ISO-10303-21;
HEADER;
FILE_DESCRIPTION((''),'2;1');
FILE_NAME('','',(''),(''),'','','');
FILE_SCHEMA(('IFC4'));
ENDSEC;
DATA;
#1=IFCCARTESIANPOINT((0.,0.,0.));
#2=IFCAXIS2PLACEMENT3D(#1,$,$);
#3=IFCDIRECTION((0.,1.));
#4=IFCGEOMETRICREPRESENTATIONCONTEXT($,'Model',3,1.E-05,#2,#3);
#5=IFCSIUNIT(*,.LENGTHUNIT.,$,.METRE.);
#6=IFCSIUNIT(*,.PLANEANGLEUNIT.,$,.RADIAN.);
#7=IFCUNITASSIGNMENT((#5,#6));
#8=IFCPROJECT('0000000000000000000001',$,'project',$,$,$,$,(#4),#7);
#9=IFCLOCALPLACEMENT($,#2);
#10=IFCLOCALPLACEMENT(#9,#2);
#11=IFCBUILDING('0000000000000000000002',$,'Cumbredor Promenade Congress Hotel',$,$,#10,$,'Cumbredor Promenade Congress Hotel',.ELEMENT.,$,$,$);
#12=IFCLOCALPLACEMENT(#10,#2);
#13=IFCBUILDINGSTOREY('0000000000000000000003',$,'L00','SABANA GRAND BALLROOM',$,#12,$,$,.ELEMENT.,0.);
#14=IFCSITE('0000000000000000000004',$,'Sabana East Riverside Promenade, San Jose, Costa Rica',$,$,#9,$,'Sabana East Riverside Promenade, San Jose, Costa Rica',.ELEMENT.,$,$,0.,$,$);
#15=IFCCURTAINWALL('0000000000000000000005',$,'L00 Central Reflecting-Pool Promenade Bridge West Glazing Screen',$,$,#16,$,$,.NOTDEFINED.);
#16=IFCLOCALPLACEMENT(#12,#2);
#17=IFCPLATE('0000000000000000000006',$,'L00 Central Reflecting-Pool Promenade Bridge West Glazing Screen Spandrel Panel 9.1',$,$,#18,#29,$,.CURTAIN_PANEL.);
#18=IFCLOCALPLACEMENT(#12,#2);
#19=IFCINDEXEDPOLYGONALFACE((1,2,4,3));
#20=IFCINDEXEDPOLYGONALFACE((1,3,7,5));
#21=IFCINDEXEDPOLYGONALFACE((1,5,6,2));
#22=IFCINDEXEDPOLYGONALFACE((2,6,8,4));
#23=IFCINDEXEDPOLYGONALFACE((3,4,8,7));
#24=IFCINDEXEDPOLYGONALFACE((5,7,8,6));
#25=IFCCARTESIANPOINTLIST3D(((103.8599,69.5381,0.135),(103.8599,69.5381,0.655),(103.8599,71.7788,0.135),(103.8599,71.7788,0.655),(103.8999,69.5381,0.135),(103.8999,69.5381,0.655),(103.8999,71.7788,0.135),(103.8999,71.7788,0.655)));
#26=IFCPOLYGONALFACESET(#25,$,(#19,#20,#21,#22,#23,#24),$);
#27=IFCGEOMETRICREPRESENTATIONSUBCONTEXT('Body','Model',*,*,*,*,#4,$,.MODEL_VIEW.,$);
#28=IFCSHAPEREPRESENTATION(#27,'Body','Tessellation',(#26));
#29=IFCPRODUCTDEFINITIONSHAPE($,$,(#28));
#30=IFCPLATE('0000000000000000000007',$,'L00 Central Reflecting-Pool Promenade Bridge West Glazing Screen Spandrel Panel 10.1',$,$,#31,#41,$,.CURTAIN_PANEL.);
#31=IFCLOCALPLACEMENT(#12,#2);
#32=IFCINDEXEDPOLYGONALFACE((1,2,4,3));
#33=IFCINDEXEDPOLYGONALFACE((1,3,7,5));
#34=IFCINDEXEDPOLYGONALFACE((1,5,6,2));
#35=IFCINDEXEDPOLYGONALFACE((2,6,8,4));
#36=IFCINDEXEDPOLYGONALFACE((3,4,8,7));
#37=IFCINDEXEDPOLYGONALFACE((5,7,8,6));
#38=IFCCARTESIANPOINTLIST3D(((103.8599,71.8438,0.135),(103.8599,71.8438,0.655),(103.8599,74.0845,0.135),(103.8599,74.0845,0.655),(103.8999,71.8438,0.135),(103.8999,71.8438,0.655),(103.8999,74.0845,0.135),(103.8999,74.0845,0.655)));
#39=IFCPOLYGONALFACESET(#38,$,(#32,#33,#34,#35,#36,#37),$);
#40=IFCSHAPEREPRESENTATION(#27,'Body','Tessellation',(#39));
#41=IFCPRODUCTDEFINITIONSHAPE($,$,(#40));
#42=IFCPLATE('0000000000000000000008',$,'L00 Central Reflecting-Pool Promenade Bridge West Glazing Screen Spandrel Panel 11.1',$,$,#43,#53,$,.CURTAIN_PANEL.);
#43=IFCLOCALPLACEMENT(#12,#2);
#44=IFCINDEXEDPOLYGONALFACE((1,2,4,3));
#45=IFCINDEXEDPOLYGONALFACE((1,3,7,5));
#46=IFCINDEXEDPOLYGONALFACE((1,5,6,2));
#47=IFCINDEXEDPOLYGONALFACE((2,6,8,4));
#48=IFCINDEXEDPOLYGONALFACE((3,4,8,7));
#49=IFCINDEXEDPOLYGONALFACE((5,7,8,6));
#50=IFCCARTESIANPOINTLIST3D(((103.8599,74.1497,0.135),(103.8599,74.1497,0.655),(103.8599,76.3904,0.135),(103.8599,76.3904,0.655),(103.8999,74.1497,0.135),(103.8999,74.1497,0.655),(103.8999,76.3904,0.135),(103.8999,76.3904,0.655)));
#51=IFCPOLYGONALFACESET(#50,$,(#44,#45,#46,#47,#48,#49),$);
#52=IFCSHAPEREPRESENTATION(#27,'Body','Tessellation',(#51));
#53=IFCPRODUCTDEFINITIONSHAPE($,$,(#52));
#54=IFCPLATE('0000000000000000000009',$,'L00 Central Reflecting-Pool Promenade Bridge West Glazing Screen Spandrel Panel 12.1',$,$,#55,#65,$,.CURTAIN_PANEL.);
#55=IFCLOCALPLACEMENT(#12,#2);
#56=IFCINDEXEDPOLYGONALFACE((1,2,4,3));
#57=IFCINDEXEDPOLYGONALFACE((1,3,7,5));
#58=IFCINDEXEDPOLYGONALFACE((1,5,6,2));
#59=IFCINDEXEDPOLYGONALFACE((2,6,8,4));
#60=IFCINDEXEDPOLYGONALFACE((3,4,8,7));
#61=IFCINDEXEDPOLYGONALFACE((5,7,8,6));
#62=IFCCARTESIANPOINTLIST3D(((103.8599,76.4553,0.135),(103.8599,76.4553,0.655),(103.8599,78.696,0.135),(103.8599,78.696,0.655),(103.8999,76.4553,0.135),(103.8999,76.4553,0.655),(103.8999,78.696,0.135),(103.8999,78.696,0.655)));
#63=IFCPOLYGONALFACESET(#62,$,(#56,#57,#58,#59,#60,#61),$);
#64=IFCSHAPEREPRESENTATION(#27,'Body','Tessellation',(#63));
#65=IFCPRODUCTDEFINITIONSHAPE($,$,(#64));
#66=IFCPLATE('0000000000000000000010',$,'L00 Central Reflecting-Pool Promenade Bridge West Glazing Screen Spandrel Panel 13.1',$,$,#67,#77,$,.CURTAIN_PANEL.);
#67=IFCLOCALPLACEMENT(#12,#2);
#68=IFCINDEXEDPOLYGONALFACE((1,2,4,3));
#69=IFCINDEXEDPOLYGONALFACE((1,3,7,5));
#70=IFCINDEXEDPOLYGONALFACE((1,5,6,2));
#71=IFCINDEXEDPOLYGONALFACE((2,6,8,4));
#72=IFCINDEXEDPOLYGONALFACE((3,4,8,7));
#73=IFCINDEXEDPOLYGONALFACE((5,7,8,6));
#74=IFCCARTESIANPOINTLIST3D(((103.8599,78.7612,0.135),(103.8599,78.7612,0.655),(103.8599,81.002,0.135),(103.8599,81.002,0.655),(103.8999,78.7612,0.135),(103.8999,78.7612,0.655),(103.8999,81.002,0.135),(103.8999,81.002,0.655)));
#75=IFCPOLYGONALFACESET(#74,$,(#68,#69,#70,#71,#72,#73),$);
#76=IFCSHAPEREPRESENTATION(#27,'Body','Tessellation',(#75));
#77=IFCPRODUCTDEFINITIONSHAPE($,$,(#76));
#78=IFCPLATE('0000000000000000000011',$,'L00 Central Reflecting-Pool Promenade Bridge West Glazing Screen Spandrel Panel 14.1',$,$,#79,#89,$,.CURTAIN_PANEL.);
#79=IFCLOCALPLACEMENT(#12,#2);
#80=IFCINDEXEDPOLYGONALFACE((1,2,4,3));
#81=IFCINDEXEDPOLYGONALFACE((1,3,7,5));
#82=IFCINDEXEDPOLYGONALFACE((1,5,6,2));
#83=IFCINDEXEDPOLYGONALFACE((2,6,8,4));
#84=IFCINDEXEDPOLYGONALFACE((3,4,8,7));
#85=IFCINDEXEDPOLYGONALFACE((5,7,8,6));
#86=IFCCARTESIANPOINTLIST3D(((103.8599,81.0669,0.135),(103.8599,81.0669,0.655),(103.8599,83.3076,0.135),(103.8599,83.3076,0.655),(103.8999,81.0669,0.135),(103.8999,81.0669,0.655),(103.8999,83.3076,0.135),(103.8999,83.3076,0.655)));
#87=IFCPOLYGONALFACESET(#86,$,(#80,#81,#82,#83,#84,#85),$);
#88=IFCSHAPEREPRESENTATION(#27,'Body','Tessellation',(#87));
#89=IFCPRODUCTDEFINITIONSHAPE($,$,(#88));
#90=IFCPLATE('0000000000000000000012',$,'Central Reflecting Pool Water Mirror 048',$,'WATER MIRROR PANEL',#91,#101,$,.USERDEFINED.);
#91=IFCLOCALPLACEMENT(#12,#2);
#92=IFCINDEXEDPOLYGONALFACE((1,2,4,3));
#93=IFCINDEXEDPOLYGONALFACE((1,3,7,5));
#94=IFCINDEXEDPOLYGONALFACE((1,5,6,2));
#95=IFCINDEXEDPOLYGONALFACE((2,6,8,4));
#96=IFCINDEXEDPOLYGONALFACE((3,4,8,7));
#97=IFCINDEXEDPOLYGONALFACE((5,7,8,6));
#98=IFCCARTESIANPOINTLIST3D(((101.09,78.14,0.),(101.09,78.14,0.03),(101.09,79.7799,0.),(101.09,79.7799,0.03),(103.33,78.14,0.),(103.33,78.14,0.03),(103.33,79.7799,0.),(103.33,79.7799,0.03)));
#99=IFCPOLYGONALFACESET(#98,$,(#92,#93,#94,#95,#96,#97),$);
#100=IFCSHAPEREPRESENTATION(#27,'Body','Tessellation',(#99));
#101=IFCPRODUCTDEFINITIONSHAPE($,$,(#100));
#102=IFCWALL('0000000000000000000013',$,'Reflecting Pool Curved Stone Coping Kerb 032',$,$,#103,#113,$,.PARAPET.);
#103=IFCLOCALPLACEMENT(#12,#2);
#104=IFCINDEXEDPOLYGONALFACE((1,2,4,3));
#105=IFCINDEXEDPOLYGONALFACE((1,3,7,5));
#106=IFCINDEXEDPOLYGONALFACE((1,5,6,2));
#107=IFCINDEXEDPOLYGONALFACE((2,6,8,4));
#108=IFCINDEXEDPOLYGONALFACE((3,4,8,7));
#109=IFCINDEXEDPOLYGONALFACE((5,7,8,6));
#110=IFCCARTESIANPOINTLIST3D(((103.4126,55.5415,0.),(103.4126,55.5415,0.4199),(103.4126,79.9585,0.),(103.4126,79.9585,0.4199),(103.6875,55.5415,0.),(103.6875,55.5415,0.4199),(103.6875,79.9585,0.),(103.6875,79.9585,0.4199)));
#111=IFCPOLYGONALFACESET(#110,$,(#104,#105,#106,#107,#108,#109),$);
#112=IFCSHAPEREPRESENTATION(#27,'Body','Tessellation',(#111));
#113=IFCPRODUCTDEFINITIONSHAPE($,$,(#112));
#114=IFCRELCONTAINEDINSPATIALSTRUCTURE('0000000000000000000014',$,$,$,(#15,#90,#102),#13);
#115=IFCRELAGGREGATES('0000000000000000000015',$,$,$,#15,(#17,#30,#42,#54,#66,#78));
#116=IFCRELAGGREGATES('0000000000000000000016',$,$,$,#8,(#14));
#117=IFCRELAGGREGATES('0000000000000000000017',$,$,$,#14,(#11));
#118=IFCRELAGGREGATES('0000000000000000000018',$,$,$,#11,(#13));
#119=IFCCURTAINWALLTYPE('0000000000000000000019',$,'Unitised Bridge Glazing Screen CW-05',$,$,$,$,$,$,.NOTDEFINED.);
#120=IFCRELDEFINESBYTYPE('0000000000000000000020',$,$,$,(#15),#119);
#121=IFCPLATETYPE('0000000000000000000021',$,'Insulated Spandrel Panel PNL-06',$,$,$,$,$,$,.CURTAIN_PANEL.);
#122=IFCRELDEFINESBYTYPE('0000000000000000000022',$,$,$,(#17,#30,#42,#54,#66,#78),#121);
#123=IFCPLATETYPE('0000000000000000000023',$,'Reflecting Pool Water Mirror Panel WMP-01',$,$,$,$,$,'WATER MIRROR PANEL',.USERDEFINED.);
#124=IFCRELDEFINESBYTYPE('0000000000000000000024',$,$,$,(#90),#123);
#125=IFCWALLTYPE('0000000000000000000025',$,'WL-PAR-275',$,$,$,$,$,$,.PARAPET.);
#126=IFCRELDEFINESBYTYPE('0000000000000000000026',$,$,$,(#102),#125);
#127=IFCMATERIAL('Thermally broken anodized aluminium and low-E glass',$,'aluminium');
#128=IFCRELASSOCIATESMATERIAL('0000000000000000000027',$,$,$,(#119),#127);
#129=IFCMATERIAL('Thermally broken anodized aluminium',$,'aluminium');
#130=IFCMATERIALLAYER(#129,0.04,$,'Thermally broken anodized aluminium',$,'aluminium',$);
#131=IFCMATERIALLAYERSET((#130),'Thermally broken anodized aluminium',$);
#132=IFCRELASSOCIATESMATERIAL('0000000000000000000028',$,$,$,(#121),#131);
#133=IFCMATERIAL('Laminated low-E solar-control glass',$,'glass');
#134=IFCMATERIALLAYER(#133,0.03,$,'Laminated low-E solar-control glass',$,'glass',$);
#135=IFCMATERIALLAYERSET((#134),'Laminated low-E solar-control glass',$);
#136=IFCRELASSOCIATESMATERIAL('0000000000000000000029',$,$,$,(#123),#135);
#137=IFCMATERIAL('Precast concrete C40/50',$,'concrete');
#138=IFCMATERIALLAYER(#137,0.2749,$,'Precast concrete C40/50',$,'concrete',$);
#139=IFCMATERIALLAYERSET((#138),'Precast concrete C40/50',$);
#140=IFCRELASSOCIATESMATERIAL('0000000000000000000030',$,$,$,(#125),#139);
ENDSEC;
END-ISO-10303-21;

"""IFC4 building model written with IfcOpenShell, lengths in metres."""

from ifc_helpers import new_model, si_unit, direction, frame, frame_2d, origin, origin_2d, place, context, subcontext, project, spatial, rectangle, extrude, material, layer, layer_set, type_object, element, aggregate, save


model = new_model("IFC4")

# Units and contexts
model_context = context("Model", 3, precision=1e-05, world=origin(), true_north=direction((0.0, 1.0)))
body_context = subcontext(model_context, "Body", "Model", "MODEL_VIEW")
ifc_project = project(units=[si_unit("LENGTHUNIT", "METRE"), si_unit("PLANEANGLEUNIT", "RADIAN")], contexts=[model_context])

# Site, building, storey
site_placement = place(None, origin())
site = spatial("IfcSite", under=ifc_project, at=site_placement, Name="Sabana East Riverside Promenade, San Jose, Costa Rica", LongName="Sabana East Riverside Promenade, San Jose, Costa Rica", CompositionType="ELEMENT", RefElevation=0.0)
building_placement = place(site_placement, origin())
building = spatial("IfcBuilding", under=site, at=building_placement, Name="Cumbredor Promenade Congress Hotel", LongName="Cumbredor Promenade Congress Hotel", CompositionType="ELEMENT")
storey_placement = place(building_placement, origin())
storey = spatial("IfcBuildingStorey", under=building, at=storey_placement, Name="L00", Description="SABANA GRAND BALLROOM", CompositionType="ELEMENT", Elevation=0.0)

# Curtain wall
ifc_material_1 = material(Name="Thermally broken anodized aluminium and low-E glass", Category="aluminium")
curtain_wall_type_1 = type_object("IfcCurtainWallType", Name="Unitised Bridge Glazing Screen CW-05", PredefinedType="NOTDEFINED", material=ifc_material_1)
curtain_wall_1_placement = place(storey_placement, origin())
curtain_wall_1 = element("IfcCurtainWall", 1, at=curtain_wall_1_placement, inside=storey, type_object=curtain_wall_type_1, Name="L00 Central Reflecting-Pool Promenade Bridge West Glazing Screen", PredefinedType="NOTDEFINED")
ifc_material_2 = material(Name="Thermally broken anodized aluminium", Category="aluminium")

# Plates
ifc_layer_1 = layer(ifc_material_2, 0.04, Name="Thermally broken anodized aluminium", Category="aluminium")
ifc_layer_set_1 = layer_set([ifc_layer_1], Name="Thermally broken anodized aluminium")
plate_type_1 = type_object("IfcPlateType", Name="Insulated Spandrel Panel PNL-06", PredefinedType="CURTAIN_PANEL", material=ifc_layer_set_1)
plate_1_placement = place(storey_placement, frame((103.8799, 70.6584, 0.135), z_axis=(0.0, 0.0, 1.0), x_axis=(0.0, 1.0, 0.0)))
plate_1 = element("IfcPlate", 2, at=plate_1_placement, type_object=plate_type_1, Name="L00 Central Reflecting-Pool Promenade Bridge West Glazing Screen Spandrel Panel 9.1", PredefinedType="CURTAIN_PANEL", context=body_context, shape_type="SweptSolid", body=[
    extrude(rectangle(XDim=2.2407, YDim=0.04, at=origin_2d()), origin(), (0.0, 0.0, 1.0), 0.52),
])
plate_2_placement = place(storey_placement, frame((103.8799, 72.9641, 0.135), z_axis=(0.0, 0.0, 1.0), x_axis=(0.0, 1.0, 0.0)))
plate_2 = element("IfcPlate", 3, at=plate_2_placement, type_object=plate_type_1, Name="L00 Central Reflecting-Pool Promenade Bridge West Glazing Screen Spandrel Panel 10.1", PredefinedType="CURTAIN_PANEL", context=body_context, shape_type="SweptSolid", body=[
    extrude(rectangle(XDim=2.2407, YDim=0.04, at=origin_2d()), origin(), (0.0, 0.0, 1.0), 0.52),
])
plate_3_placement = place(storey_placement, frame((103.8799, 75.27, 0.135), z_axis=(0.0, 0.0, 1.0), x_axis=(0.0, 1.0, 0.0)))
plate_3 = element("IfcPlate", 4, at=plate_3_placement, type_object=plate_type_1, Name="L00 Central Reflecting-Pool Promenade Bridge West Glazing Screen Spandrel Panel 11.1", PredefinedType="CURTAIN_PANEL", context=body_context, shape_type="SweptSolid", body=[
    extrude(rectangle(XDim=2.2407, YDim=0.04, at=origin_2d()), origin(), (0.0, 0.0, 1.0), 0.52),
])
plate_4_placement = place(storey_placement, frame((103.8799, 77.5757, 0.135), z_axis=(0.0, 0.0, 1.0), x_axis=(0.0, 1.0, 0.0)))
plate_4 = element("IfcPlate", 5, at=plate_4_placement, type_object=plate_type_1, Name="L00 Central Reflecting-Pool Promenade Bridge West Glazing Screen Spandrel Panel 12.1", PredefinedType="CURTAIN_PANEL", context=body_context, shape_type="SweptSolid", body=[
    extrude(rectangle(XDim=2.2407, YDim=0.04, at=origin_2d()), origin(), (0.0, 0.0, 1.0), 0.52),
])
plate_5_placement = place(storey_placement, frame((103.8799, 79.8816, 0.135), z_axis=(0.0, 0.0, 1.0), x_axis=(0.0, 1.0, 0.0)))
plate_5 = element("IfcPlate", 6, at=plate_5_placement, type_object=plate_type_1, Name="L00 Central Reflecting-Pool Promenade Bridge West Glazing Screen Spandrel Panel 13.1", PredefinedType="CURTAIN_PANEL", context=body_context, shape_type="SweptSolid", body=[
    extrude(rectangle(XDim=2.2407, YDim=0.04, at=origin_2d()), origin(), (0.0, 0.0, 1.0), 0.52),
])
plate_6_placement = place(storey_placement, frame((103.8799, 82.1873, 0.135), z_axis=(0.0, 0.0, 1.0), x_axis=(0.0, 1.0, 0.0)))
plate_6 = element("IfcPlate", 7, at=plate_6_placement, type_object=plate_type_1, Name="L00 Central Reflecting-Pool Promenade Bridge West Glazing Screen Spandrel Panel 14.1", PredefinedType="CURTAIN_PANEL", context=body_context, shape_type="SweptSolid", body=[
    extrude(rectangle(XDim=2.2407, YDim=0.04, at=origin_2d()), origin(), (0.0, 0.0, 1.0), 0.52),
])
aggregate(curtain_wall_1, [plate_1, plate_2, plate_3, plate_4, plate_5, plate_6])
ifc_material_3 = material(Name="Laminated low-E solar-control glass", Category="glass")
ifc_layer_2 = layer(ifc_material_3, 0.03, Name="Laminated low-E solar-control glass", Category="glass")
ifc_layer_set_2 = layer_set([ifc_layer_2], Name="Laminated low-E solar-control glass")
plate_type_2 = type_object("IfcPlateType", Name="Reflecting Pool Water Mirror Panel WMP-01", ElementType="WATER MIRROR PANEL", PredefinedType="USERDEFINED", material=ifc_layer_set_2)
plate_7_placement = place(storey_placement, frame((102.21, 78.96, 0.0), z_axis=(0.0, 0.0, 1.0), x_axis=(1.0, 0.0, 0.0)))
element("IfcPlate", 8, at=plate_7_placement, inside=storey, type_object=plate_type_2, Name="Central Reflecting Pool Water Mirror 048", ObjectType="WATER MIRROR PANEL", PredefinedType="USERDEFINED", context=body_context, shape_type="SweptSolid", body=[
    extrude(rectangle(XDim=2.24, YDim=1.6399, at=origin_2d()), origin(), (0.0, 0.0, 1.0), 0.03),
])

# Wall
ifc_material_4 = material(Name="Precast concrete C40/50", Category="concrete")
ifc_layer_3 = layer(ifc_material_4, 0.2749, Name="Precast concrete C40/50", Category="concrete")
ifc_layer_set_3 = layer_set([ifc_layer_3], Name="Precast concrete C40/50")
wall_type = type_object("IfcWallType", Name="WL-PAR-275", PredefinedType="PARAPET", material=ifc_layer_set_3)
wall_placement = place(storey_placement, frame((103.55, 79.9585, 0.0), z_axis=(0.0, 0.0, 1.0), x_axis=(0.0, -1.0, 0.0)))
element("IfcWall", 9, at=wall_placement, inside=storey, type_object=wall_type, Name="Reflecting Pool Curved Stone Coping Kerb 032", PredefinedType="PARAPET", context=body_context, shape_type="SweptSolid", body=[
    extrude(rectangle(XDim=24.417, YDim=0.2749, at=frame_2d((12.2085, 0.0))), origin(), (0.0, 0.0, 1.0), 0.4199),
])

save(model, "model.ifc")
